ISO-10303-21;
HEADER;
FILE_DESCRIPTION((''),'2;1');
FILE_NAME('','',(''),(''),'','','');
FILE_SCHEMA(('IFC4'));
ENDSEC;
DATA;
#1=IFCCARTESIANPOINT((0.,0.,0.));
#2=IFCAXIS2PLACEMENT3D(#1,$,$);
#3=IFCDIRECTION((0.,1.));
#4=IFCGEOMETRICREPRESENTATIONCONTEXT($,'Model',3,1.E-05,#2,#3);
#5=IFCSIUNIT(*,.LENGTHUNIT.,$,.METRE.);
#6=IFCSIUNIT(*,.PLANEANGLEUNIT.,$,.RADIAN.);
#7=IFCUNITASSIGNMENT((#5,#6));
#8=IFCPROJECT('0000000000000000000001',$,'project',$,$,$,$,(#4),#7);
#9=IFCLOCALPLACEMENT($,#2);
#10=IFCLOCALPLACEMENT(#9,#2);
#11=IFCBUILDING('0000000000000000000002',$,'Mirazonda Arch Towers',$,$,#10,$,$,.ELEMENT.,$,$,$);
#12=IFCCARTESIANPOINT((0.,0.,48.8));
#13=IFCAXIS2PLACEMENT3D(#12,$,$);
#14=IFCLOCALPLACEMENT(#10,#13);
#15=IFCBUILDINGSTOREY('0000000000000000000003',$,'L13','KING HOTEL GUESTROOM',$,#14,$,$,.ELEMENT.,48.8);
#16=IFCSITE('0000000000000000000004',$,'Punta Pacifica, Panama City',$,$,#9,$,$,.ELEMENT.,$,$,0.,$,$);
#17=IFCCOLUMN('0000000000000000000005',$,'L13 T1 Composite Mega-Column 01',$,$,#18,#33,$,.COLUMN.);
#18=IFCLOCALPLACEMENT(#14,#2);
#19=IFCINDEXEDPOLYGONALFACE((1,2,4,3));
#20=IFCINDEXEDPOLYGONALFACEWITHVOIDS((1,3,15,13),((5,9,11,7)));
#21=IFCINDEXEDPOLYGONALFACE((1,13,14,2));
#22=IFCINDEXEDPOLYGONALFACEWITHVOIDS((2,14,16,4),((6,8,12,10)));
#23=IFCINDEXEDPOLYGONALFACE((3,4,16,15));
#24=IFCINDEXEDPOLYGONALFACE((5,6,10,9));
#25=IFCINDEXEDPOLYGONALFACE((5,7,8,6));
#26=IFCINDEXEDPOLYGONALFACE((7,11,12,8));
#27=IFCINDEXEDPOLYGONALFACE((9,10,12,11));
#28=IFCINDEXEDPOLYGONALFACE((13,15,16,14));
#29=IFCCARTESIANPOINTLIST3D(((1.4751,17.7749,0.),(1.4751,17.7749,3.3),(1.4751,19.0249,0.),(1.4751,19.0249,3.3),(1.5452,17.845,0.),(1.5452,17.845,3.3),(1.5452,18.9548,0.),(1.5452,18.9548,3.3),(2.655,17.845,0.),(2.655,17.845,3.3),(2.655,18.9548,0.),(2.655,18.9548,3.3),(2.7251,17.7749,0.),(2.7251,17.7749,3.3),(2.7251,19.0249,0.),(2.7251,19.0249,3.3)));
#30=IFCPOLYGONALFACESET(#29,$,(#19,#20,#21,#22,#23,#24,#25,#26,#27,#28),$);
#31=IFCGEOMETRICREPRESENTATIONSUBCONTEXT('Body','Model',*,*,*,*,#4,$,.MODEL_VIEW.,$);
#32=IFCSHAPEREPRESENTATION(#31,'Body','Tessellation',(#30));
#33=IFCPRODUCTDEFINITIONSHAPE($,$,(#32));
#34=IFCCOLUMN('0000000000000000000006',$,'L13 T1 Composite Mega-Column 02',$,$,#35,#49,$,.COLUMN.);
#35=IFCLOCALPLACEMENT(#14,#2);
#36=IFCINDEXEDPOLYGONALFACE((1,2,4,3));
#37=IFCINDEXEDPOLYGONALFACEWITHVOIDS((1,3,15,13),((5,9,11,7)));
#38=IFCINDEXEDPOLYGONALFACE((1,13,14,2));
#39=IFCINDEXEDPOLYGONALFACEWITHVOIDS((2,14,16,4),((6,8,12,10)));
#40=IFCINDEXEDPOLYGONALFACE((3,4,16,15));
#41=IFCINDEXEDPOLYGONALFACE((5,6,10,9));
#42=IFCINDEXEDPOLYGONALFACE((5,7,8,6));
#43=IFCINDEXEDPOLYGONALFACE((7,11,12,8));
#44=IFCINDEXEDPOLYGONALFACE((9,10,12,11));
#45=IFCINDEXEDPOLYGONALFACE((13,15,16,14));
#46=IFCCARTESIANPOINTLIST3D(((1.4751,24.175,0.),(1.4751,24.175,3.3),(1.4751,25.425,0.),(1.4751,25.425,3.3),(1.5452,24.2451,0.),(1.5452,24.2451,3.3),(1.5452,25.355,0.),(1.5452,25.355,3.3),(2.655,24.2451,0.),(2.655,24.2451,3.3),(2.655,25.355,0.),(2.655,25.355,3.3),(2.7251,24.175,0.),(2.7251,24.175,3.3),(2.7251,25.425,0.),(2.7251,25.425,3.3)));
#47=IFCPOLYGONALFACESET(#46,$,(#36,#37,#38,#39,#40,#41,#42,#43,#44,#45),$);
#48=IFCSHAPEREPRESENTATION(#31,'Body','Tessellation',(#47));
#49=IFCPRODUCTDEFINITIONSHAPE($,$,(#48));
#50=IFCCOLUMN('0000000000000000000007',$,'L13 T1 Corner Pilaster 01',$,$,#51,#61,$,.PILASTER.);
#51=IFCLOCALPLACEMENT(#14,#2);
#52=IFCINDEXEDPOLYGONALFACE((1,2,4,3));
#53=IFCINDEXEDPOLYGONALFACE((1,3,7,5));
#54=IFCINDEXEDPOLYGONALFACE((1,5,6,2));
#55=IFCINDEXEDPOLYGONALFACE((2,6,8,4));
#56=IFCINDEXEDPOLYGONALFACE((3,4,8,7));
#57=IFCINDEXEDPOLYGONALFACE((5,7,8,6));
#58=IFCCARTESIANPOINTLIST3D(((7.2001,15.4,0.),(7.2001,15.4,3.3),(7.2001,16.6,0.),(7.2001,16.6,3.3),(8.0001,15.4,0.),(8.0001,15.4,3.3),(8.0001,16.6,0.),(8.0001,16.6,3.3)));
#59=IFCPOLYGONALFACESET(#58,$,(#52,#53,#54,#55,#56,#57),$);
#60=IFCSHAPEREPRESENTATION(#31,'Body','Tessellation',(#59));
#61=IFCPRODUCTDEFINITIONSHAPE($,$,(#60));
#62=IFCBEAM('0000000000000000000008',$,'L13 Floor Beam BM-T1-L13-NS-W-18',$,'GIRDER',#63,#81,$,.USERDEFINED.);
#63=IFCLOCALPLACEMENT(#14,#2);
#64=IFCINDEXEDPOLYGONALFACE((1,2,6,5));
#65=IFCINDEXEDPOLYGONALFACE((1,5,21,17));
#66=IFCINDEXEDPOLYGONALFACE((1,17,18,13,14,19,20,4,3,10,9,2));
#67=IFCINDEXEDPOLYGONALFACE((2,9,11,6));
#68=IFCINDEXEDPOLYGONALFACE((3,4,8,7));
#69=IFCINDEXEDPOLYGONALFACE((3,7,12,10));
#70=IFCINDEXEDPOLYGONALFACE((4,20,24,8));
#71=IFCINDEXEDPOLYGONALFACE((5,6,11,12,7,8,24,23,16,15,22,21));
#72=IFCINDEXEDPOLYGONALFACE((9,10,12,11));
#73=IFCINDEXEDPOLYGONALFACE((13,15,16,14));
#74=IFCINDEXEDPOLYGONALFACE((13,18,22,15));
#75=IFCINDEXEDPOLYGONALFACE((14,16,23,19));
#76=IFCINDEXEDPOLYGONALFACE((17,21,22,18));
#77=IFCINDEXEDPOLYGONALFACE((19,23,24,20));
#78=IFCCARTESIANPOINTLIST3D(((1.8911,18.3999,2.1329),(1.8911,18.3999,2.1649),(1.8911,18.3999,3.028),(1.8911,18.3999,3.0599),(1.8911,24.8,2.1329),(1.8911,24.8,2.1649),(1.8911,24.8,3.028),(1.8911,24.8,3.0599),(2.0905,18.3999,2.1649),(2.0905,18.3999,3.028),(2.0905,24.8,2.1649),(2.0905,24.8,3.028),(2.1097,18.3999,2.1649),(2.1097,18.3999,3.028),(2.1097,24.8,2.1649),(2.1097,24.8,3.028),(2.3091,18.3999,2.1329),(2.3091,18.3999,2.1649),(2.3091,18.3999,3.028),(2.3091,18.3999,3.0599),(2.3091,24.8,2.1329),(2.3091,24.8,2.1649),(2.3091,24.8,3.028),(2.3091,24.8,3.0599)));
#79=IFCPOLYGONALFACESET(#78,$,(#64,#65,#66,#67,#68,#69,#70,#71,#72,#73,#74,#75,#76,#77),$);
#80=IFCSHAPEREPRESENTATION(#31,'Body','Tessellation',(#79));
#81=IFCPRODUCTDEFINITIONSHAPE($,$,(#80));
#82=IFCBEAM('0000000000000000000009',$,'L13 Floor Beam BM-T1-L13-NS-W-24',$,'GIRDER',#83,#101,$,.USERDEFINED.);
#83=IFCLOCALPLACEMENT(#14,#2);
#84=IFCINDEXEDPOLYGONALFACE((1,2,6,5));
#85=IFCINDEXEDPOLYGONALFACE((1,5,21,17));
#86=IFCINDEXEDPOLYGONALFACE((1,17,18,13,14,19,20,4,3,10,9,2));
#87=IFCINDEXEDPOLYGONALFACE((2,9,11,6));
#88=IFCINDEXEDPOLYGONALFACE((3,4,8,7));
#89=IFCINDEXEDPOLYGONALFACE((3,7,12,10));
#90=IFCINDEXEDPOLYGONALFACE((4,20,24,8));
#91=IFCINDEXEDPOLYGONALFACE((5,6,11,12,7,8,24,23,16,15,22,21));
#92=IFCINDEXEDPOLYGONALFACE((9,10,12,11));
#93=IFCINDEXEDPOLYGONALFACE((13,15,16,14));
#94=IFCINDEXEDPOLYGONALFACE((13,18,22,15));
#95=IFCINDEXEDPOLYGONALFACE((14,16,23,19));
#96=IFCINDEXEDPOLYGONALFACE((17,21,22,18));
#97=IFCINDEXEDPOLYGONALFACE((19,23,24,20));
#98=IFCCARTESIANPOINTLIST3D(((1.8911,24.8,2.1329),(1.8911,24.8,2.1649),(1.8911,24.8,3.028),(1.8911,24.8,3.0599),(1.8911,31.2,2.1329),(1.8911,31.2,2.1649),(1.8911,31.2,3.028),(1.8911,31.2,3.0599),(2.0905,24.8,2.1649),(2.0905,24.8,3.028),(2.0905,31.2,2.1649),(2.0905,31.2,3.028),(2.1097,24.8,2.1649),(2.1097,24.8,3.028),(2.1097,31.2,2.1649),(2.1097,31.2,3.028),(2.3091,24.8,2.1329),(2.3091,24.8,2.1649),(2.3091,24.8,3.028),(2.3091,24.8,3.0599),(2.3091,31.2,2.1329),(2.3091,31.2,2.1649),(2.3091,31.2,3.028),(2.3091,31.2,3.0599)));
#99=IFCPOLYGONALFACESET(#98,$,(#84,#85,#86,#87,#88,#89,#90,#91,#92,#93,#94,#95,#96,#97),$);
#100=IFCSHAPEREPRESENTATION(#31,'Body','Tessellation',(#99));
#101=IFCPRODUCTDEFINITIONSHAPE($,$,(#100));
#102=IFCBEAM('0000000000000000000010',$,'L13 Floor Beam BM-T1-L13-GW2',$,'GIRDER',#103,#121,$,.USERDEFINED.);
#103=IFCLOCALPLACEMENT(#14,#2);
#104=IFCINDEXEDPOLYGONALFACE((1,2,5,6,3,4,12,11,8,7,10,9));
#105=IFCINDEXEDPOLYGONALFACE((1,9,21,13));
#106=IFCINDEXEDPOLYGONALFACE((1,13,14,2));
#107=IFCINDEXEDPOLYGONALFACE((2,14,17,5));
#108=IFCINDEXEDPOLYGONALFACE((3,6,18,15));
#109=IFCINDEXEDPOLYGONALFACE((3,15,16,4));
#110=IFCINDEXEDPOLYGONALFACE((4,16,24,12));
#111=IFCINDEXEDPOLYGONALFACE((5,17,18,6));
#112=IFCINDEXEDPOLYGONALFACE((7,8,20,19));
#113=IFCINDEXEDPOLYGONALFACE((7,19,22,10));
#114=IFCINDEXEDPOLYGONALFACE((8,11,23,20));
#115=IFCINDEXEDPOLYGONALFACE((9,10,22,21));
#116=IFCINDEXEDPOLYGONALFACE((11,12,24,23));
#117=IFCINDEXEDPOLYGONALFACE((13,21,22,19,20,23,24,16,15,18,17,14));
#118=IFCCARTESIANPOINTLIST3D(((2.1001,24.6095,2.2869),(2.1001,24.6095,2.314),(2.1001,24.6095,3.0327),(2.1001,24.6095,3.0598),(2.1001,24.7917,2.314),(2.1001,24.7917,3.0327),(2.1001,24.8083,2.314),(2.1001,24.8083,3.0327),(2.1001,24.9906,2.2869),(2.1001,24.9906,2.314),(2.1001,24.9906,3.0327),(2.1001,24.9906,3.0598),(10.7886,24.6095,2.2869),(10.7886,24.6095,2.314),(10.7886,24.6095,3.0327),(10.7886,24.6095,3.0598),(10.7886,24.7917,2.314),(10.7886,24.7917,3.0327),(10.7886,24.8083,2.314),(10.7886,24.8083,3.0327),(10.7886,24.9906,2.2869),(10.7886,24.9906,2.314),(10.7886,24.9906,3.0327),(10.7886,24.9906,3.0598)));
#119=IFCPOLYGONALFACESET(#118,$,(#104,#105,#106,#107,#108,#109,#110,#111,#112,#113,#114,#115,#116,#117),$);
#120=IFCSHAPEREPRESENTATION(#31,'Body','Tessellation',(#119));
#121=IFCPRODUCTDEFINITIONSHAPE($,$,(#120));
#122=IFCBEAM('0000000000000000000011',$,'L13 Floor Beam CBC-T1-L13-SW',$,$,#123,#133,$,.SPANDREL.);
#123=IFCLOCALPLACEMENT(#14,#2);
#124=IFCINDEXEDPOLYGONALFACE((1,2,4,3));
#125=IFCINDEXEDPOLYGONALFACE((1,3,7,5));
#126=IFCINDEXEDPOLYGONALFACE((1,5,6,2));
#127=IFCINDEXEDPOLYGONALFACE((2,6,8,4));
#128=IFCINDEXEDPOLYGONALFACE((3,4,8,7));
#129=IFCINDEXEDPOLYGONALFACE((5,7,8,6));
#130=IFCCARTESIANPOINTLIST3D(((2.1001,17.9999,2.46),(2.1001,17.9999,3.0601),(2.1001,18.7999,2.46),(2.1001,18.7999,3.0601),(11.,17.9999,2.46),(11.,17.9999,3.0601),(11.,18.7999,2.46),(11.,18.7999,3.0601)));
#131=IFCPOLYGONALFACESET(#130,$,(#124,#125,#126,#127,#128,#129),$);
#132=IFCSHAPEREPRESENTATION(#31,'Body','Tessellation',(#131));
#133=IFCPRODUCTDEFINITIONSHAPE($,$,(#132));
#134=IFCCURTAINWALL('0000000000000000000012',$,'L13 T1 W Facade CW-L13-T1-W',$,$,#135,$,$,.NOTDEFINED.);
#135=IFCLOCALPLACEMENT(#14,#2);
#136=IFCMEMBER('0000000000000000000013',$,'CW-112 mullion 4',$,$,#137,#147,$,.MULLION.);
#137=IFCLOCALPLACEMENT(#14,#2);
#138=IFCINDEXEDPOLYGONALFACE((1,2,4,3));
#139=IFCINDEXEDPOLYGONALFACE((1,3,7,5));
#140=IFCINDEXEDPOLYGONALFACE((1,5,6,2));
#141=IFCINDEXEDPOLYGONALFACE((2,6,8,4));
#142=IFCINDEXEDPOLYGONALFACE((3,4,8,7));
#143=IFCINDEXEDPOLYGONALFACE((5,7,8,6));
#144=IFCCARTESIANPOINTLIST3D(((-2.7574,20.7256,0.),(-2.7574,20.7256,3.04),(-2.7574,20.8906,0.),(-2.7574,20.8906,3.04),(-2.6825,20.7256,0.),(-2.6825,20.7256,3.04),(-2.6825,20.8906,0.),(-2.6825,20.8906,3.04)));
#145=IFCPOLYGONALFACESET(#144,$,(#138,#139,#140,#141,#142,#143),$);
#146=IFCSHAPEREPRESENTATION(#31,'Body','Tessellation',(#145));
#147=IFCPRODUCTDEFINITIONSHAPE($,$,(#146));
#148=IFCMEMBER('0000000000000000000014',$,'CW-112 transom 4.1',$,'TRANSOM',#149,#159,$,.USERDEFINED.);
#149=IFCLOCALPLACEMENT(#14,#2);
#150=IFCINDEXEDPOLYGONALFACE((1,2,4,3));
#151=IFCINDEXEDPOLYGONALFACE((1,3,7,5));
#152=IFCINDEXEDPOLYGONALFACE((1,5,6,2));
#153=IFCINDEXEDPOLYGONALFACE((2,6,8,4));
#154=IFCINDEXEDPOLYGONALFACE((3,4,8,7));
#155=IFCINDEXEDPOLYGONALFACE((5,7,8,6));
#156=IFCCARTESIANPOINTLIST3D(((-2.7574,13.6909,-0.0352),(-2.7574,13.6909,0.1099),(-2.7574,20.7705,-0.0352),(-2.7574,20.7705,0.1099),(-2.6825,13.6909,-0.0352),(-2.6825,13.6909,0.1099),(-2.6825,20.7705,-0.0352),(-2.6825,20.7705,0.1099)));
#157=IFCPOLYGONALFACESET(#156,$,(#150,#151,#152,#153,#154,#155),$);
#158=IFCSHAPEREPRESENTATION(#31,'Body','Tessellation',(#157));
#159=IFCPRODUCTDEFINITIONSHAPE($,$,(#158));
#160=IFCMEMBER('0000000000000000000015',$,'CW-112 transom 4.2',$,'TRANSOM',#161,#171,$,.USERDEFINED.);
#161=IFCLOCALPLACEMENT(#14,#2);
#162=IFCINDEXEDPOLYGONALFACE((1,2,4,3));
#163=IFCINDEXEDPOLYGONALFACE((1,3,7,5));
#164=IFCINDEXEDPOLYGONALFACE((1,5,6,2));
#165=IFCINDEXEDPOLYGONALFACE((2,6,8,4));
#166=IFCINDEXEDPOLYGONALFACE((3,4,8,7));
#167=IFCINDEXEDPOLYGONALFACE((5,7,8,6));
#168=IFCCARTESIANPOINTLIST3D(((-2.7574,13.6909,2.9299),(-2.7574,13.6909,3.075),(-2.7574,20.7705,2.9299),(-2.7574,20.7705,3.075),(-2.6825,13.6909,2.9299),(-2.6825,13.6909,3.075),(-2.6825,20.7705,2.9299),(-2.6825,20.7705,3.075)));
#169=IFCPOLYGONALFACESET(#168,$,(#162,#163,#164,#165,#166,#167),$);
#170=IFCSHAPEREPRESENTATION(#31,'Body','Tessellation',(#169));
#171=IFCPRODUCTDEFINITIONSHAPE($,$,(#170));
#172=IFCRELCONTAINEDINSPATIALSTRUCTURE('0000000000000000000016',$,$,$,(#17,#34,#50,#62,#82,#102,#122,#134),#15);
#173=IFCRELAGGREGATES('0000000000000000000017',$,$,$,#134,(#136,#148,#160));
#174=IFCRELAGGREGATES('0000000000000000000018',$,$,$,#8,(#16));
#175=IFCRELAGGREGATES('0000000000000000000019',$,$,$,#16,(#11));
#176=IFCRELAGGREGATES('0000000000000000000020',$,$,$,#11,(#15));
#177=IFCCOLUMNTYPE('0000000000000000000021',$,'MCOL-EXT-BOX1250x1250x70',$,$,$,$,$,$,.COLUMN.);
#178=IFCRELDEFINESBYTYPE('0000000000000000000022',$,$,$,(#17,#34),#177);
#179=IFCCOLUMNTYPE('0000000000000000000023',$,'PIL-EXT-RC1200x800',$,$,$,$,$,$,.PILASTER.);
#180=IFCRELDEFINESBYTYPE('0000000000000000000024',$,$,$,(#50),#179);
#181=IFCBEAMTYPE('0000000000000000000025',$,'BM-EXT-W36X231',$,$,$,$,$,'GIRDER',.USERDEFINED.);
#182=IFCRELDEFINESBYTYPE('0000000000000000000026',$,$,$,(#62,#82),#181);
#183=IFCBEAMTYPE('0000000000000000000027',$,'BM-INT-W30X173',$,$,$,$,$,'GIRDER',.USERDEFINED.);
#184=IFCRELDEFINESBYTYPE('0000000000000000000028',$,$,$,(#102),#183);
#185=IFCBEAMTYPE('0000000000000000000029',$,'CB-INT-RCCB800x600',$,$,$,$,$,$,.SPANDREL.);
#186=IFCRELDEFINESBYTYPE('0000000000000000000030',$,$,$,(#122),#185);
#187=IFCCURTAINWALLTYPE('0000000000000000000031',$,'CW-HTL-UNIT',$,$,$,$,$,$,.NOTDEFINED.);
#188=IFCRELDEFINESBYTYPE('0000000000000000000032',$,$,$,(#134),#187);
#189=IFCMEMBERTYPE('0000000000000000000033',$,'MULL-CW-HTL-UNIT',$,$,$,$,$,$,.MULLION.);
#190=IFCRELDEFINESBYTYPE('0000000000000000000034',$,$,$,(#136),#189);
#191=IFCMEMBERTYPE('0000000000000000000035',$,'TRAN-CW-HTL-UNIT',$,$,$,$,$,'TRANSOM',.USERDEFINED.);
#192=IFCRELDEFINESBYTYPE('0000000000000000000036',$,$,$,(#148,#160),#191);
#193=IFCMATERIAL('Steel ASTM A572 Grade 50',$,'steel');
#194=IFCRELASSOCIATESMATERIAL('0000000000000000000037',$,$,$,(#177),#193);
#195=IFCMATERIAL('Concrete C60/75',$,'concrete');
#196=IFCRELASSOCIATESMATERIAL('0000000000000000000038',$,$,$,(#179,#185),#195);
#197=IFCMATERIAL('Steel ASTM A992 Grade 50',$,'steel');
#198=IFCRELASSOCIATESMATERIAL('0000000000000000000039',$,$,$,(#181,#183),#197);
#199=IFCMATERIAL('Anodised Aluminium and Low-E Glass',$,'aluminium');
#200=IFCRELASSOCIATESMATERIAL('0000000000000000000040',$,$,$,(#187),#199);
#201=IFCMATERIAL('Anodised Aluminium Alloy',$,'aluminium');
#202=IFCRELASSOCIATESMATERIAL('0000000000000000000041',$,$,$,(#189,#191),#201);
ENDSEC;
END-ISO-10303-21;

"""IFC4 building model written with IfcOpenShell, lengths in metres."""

from ifc_helpers import new_model, si_unit, direction, frame, origin, origin_2d, place, context, subcontext, project, spatial, rectangle, hollow_rectangle, i_section, extrude, material, material_profile, profile_set, type_object, element, aggregate, save


model = new_model("IFC4")

# Units and contexts
model_context = context("Model", 3, precision=1e-05, world=origin(), true_north=direction((0.0, 1.0)))
body_context = subcontext(model_context, "Body", "Model", "MODEL_VIEW")
ifc_project = project(units=[si_unit("LENGTHUNIT", "METRE"), si_unit("PLANEANGLEUNIT", "RADIAN")], contexts=[model_context])

# Site, building, storey
site_placement = place(None, origin())
site = spatial("IfcSite", under=ifc_project, at=site_placement, Name="Punta Pacifica, Panama City", CompositionType="ELEMENT", RefElevation=0.0)
building_placement = place(site_placement, origin())
building = spatial("IfcBuilding", under=site, at=building_placement, Name="Mirazonda Arch Towers", CompositionType="ELEMENT")
storey_placement = place(building_placement, frame((0.0, 0.0, 48.8)))
storey = spatial("IfcBuildingStorey", under=building, at=storey_placement, Name="L13", Description="KING HOTEL GUESTROOM", CompositionType="ELEMENT", Elevation=48.8)

# Columns
ifc_material_1 = material(Name="Steel ASTM A572 Grade 50", Category="steel")
ifc_material_profile_1 = material_profile(ifc_material_1, hollow_rectangle(XDim=1.25, YDim=1.25, WallThickness=0.0701, at=origin_2d()), Name="BOX1250x1250x70")
ifc_profile_set_1 = profile_set([ifc_material_profile_1], Name="Steel ASTM A572 Grade 50")
column_type_1 = type_object("IfcColumnType", Name="MCOL-EXT-BOX1250x1250x70", PredefinedType="COLUMN", material=ifc_profile_set_1)
for number, where, z_axis, x_axis, name in (
    (1, (2.1001, 18.3999, 0.0), (0.0, 0.0, 1.0), (1.0, 0.0, 0.0), "L13 T1 Composite Mega-Column 01"),
    (2, (2.1001, 24.8, 0.0), (0.0, 0.0, 1.0), (1.0, 0.0, 0.0), "L13 T1 Composite Mega-Column 02"),
):
    element("IfcColumn", number, at=place(storey_placement, frame(where, z_axis=z_axis, x_axis=x_axis)), inside=storey, type_object=column_type_1, Name=name, PredefinedType="COLUMN", context=body_context, shape_type="SweptSolid", body=[
        extrude(hollow_rectangle(XDim=1.25, YDim=1.25, WallThickness=0.0701, at=origin_2d()), origin(), (0.0, 0.0, 1.0), 3.3),
    ])
ifc_material_2 = material(Name="Concrete C60/75", Category="concrete")
ifc_material_profile_2 = material_profile(ifc_material_2, rectangle(XDim=0.8, YDim=1.2, at=origin_2d()), Name="RC1200x800")
ifc_profile_set_2 = profile_set([ifc_material_profile_2], Name="Concrete C60/75")
column_type_2 = type_object("IfcColumnType", Name="PIL-EXT-RC1200x800", PredefinedType="PILASTER", material=ifc_profile_set_2)
column_placement = place(storey_placement, frame((7.6001, 16.0, 0.0), z_axis=(0.0, 0.0, 1.0), x_axis=(1.0, 0.0, 0.0)))
element("IfcColumn", 3, at=column_placement, inside=storey, type_object=column_type_2, Name="L13 T1 Corner Pilaster 01", PredefinedType="PILASTER", context=body_context, shape_type="SweptSolid", body=[
    extrude(rectangle(XDim=0.8, YDim=1.2, at=origin_2d()), origin(), (0.0, 0.0, 1.0), 3.3),
])

# Beams
ifc_material_3 = material(Name="Steel ASTM A992 Grade 50", Category="steel")
ifc_material_profile_3 = material_profile(ifc_material_3, i_section(OverallWidth=0.418, OverallDepth=0.927, WebThickness=0.0193, FlangeThickness=0.032, at=origin_2d()), Name="W36X231")
ifc_profile_set_3 = profile_set([ifc_material_profile_3], Name="Steel ASTM A992 Grade 50")
beam_type_1 = type_object("IfcBeamType", Name="BM-EXT-W36X231", ElementType="GIRDER", PredefinedType="USERDEFINED", material=ifc_profile_set_3)
beam_1_placement = place(storey_placement, frame((2.1001, 18.3999, 2.5964), z_axis=(0.0, 1.0, 0.0), x_axis=(-1.0, 0.0, 0.0)))
element("IfcBeam", 4, at=beam_1_placement, inside=storey, type_object=beam_type_1, Name="L13 Floor Beam BM-T1-L13-NS-W-18", ObjectType="GIRDER", PredefinedType="USERDEFINED", context=body_context, shape_type="SweptSolid", body=[
    extrude(i_section(OverallWidth=0.418, OverallDepth=0.927, WebThickness=0.0193, FlangeThickness=0.032, at=origin_2d()), origin(), (0.0, 0.0, 1.0), 6.4001),
])
beam_2_placement = place(storey_placement, frame((2.1001, 24.8, 2.5964), z_axis=(0.0, 1.0, 0.0), x_axis=(-1.0, 0.0, 0.0)))
element("IfcBeam", 5, at=beam_2_placement, inside=storey, type_object=beam_type_1, Name="L13 Floor Beam BM-T1-L13-NS-W-24", ObjectType="GIRDER", PredefinedType="USERDEFINED", context=body_context, shape_type="SweptSolid", body=[
    extrude(i_section(OverallWidth=0.418, OverallDepth=0.927, WebThickness=0.0193, FlangeThickness=0.032, at=origin_2d()), origin(), (0.0, 0.0, 1.0), 6.3999),
])
ifc_material_profile_4 = material_profile(ifc_material_3, i_section(OverallWidth=0.3811, OverallDepth=0.7729, WebThickness=0.0166, FlangeThickness=0.0271, at=origin_2d()), Name="W30X173")
ifc_profile_set_4 = profile_set([ifc_material_profile_4], Name="Steel ASTM A992 Grade 50")
beam_type_2 = type_object("IfcBeamType", Name="BM-INT-W30X173", ElementType="GIRDER", PredefinedType="USERDEFINED", material=ifc_profile_set_4)
beam_3_placement = place(storey_placement, frame((2.1001, 24.8, 2.6733), z_axis=(1.0, 0.0, 0.0), x_axis=(0.0, 1.0, 0.0)))
element("IfcBeam", 6, at=beam_3_placement, inside=storey, type_object=beam_type_2, Name="L13 Floor Beam BM-T1-L13-GW2", ObjectType="GIRDER", PredefinedType="USERDEFINED", context=body_context, shape_type="SweptSolid", body=[
    extrude(i_section(OverallWidth=0.3811, OverallDepth=0.7729, WebThickness=0.0166, FlangeThickness=0.0271, at=origin_2d()), origin(), (0.0, 0.0, 1.0), 8.6885),
])
ifc_material_profile_5 = material_profile(ifc_material_2, rectangle(XDim=0.8, YDim=0.6001, at=origin_2d()), Name="RCCB800x600")
ifc_profile_set_5 = profile_set([ifc_material_profile_5], Name="Concrete C60/75")
beam_type_3 = type_object("IfcBeamType", Name="CB-INT-RCCB800x600", PredefinedType="SPANDREL", material=ifc_profile_set_5)
beam_4_placement = place(storey_placement, frame((2.1001, 18.3999, 2.76), z_axis=(1.0, 0.0, 0.0), x_axis=(0.0, 1.0, 0.0)))
element("IfcBeam", 7, at=beam_4_placement, inside=storey, type_object=beam_type_3, Name="L13 Floor Beam CBC-T1-L13-SW", PredefinedType="SPANDREL", context=body_context, shape_type="SweptSolid", body=[
    extrude(rectangle(XDim=0.8, YDim=0.6001, at=origin_2d()), origin(), (0.0, 0.0, 1.0), 8.8999),
])

# Curtain wall, members
ifc_material_4 = material(Name="Anodised Aluminium and Low-E Glass", Category="aluminium")
curtain_wall_type = type_object("IfcCurtainWallType", Name="CW-HTL-UNIT", PredefinedType="NOTDEFINED", material=ifc_material_4)
curtain_wall_placement = place(storey_placement, origin())
curtain_wall = element("IfcCurtainWall", 8, at=curtain_wall_placement, inside=storey, type_object=curtain_wall_type, Name="L13 T1 W Facade CW-L13-T1-W", PredefinedType="NOTDEFINED")
ifc_material_5 = material(Name="Anodised Aluminium Alloy", Category="aluminium")
ifc_material_profile_6 = material_profile(ifc_material_5, rectangle(XDim=0.075, YDim=0.165, at=origin_2d()), Name="ALU-MULL-75x165")
ifc_profile_set_6 = profile_set([ifc_material_profile_6], Name="Anodised Aluminium Alloy")
member_type_1 = type_object("IfcMemberType", Name="MULL-CW-HTL-UNIT", PredefinedType="MULLION", material=ifc_profile_set_6)
member_1_placement = place(storey_placement, frame((-2.72, 20.8081, 0.0), z_axis=(0.0, 0.0, 1.0), x_axis=(1.0, 0.0, 0.0)))
member_1 = element("IfcMember", 9, at=member_1_placement, type_object=member_type_1, Name="CW-112 mullion 4", PredefinedType="MULLION", context=body_context, shape_type="SweptSolid", body=[
    extrude(rectangle(XDim=0.075, YDim=0.165, at=origin_2d()), origin(), (0.0, 0.0, 1.0), 3.04),
])
ifc_material_profile_7 = material_profile(ifc_material_5, rectangle(XDim=0.075, YDim=0.145, at=origin_2d()), Name="ALU-TRAN-75x145")
ifc_profile_set_7 = profile_set([ifc_material_profile_7], Name="Anodised Aluminium Alloy")
member_type_2 = type_object("IfcMemberType", Name="TRAN-CW-HTL-UNIT", ElementType="TRANSOM", PredefinedType="USERDEFINED", material=ifc_profile_set_7)
member_2_placement = place(storey_placement, frame((-2.72, 20.7705, 0.0374), z_axis=(0.0, -1.0, 0.0), x_axis=(1.0, 0.0, 0.0)))
member_2 = element("IfcMember", 10, at=member_2_placement, type_object=member_type_2, Name="CW-112 transom 4.1", ObjectType="TRANSOM", PredefinedType="USERDEFINED", context=body_context, shape_type="SweptSolid", body=[
    extrude(rectangle(XDim=0.075, YDim=0.145, at=origin_2d()), origin(), (0.0, 0.0, 1.0), 7.0796),
])
member_3_placement = place(storey_placement, frame((-2.72, 20.7705, 3.0024), z_axis=(0.0, -1.0, 0.0), x_axis=(1.0, 0.0, 0.0)))
member_3 = element("IfcMember", 11, at=member_3_placement, type_object=member_type_2, Name="CW-112 transom 4.2", ObjectType="TRANSOM", PredefinedType="USERDEFINED", context=body_context, shape_type="SweptSolid", body=[
    extrude(rectangle(XDim=0.075, YDim=0.145, at=origin_2d()), origin(), (0.0, 0.0, 1.0), 7.0796),
])
aggregate(curtain_wall, [member_1, member_2, member_3])

save(model, "model.ifc")
